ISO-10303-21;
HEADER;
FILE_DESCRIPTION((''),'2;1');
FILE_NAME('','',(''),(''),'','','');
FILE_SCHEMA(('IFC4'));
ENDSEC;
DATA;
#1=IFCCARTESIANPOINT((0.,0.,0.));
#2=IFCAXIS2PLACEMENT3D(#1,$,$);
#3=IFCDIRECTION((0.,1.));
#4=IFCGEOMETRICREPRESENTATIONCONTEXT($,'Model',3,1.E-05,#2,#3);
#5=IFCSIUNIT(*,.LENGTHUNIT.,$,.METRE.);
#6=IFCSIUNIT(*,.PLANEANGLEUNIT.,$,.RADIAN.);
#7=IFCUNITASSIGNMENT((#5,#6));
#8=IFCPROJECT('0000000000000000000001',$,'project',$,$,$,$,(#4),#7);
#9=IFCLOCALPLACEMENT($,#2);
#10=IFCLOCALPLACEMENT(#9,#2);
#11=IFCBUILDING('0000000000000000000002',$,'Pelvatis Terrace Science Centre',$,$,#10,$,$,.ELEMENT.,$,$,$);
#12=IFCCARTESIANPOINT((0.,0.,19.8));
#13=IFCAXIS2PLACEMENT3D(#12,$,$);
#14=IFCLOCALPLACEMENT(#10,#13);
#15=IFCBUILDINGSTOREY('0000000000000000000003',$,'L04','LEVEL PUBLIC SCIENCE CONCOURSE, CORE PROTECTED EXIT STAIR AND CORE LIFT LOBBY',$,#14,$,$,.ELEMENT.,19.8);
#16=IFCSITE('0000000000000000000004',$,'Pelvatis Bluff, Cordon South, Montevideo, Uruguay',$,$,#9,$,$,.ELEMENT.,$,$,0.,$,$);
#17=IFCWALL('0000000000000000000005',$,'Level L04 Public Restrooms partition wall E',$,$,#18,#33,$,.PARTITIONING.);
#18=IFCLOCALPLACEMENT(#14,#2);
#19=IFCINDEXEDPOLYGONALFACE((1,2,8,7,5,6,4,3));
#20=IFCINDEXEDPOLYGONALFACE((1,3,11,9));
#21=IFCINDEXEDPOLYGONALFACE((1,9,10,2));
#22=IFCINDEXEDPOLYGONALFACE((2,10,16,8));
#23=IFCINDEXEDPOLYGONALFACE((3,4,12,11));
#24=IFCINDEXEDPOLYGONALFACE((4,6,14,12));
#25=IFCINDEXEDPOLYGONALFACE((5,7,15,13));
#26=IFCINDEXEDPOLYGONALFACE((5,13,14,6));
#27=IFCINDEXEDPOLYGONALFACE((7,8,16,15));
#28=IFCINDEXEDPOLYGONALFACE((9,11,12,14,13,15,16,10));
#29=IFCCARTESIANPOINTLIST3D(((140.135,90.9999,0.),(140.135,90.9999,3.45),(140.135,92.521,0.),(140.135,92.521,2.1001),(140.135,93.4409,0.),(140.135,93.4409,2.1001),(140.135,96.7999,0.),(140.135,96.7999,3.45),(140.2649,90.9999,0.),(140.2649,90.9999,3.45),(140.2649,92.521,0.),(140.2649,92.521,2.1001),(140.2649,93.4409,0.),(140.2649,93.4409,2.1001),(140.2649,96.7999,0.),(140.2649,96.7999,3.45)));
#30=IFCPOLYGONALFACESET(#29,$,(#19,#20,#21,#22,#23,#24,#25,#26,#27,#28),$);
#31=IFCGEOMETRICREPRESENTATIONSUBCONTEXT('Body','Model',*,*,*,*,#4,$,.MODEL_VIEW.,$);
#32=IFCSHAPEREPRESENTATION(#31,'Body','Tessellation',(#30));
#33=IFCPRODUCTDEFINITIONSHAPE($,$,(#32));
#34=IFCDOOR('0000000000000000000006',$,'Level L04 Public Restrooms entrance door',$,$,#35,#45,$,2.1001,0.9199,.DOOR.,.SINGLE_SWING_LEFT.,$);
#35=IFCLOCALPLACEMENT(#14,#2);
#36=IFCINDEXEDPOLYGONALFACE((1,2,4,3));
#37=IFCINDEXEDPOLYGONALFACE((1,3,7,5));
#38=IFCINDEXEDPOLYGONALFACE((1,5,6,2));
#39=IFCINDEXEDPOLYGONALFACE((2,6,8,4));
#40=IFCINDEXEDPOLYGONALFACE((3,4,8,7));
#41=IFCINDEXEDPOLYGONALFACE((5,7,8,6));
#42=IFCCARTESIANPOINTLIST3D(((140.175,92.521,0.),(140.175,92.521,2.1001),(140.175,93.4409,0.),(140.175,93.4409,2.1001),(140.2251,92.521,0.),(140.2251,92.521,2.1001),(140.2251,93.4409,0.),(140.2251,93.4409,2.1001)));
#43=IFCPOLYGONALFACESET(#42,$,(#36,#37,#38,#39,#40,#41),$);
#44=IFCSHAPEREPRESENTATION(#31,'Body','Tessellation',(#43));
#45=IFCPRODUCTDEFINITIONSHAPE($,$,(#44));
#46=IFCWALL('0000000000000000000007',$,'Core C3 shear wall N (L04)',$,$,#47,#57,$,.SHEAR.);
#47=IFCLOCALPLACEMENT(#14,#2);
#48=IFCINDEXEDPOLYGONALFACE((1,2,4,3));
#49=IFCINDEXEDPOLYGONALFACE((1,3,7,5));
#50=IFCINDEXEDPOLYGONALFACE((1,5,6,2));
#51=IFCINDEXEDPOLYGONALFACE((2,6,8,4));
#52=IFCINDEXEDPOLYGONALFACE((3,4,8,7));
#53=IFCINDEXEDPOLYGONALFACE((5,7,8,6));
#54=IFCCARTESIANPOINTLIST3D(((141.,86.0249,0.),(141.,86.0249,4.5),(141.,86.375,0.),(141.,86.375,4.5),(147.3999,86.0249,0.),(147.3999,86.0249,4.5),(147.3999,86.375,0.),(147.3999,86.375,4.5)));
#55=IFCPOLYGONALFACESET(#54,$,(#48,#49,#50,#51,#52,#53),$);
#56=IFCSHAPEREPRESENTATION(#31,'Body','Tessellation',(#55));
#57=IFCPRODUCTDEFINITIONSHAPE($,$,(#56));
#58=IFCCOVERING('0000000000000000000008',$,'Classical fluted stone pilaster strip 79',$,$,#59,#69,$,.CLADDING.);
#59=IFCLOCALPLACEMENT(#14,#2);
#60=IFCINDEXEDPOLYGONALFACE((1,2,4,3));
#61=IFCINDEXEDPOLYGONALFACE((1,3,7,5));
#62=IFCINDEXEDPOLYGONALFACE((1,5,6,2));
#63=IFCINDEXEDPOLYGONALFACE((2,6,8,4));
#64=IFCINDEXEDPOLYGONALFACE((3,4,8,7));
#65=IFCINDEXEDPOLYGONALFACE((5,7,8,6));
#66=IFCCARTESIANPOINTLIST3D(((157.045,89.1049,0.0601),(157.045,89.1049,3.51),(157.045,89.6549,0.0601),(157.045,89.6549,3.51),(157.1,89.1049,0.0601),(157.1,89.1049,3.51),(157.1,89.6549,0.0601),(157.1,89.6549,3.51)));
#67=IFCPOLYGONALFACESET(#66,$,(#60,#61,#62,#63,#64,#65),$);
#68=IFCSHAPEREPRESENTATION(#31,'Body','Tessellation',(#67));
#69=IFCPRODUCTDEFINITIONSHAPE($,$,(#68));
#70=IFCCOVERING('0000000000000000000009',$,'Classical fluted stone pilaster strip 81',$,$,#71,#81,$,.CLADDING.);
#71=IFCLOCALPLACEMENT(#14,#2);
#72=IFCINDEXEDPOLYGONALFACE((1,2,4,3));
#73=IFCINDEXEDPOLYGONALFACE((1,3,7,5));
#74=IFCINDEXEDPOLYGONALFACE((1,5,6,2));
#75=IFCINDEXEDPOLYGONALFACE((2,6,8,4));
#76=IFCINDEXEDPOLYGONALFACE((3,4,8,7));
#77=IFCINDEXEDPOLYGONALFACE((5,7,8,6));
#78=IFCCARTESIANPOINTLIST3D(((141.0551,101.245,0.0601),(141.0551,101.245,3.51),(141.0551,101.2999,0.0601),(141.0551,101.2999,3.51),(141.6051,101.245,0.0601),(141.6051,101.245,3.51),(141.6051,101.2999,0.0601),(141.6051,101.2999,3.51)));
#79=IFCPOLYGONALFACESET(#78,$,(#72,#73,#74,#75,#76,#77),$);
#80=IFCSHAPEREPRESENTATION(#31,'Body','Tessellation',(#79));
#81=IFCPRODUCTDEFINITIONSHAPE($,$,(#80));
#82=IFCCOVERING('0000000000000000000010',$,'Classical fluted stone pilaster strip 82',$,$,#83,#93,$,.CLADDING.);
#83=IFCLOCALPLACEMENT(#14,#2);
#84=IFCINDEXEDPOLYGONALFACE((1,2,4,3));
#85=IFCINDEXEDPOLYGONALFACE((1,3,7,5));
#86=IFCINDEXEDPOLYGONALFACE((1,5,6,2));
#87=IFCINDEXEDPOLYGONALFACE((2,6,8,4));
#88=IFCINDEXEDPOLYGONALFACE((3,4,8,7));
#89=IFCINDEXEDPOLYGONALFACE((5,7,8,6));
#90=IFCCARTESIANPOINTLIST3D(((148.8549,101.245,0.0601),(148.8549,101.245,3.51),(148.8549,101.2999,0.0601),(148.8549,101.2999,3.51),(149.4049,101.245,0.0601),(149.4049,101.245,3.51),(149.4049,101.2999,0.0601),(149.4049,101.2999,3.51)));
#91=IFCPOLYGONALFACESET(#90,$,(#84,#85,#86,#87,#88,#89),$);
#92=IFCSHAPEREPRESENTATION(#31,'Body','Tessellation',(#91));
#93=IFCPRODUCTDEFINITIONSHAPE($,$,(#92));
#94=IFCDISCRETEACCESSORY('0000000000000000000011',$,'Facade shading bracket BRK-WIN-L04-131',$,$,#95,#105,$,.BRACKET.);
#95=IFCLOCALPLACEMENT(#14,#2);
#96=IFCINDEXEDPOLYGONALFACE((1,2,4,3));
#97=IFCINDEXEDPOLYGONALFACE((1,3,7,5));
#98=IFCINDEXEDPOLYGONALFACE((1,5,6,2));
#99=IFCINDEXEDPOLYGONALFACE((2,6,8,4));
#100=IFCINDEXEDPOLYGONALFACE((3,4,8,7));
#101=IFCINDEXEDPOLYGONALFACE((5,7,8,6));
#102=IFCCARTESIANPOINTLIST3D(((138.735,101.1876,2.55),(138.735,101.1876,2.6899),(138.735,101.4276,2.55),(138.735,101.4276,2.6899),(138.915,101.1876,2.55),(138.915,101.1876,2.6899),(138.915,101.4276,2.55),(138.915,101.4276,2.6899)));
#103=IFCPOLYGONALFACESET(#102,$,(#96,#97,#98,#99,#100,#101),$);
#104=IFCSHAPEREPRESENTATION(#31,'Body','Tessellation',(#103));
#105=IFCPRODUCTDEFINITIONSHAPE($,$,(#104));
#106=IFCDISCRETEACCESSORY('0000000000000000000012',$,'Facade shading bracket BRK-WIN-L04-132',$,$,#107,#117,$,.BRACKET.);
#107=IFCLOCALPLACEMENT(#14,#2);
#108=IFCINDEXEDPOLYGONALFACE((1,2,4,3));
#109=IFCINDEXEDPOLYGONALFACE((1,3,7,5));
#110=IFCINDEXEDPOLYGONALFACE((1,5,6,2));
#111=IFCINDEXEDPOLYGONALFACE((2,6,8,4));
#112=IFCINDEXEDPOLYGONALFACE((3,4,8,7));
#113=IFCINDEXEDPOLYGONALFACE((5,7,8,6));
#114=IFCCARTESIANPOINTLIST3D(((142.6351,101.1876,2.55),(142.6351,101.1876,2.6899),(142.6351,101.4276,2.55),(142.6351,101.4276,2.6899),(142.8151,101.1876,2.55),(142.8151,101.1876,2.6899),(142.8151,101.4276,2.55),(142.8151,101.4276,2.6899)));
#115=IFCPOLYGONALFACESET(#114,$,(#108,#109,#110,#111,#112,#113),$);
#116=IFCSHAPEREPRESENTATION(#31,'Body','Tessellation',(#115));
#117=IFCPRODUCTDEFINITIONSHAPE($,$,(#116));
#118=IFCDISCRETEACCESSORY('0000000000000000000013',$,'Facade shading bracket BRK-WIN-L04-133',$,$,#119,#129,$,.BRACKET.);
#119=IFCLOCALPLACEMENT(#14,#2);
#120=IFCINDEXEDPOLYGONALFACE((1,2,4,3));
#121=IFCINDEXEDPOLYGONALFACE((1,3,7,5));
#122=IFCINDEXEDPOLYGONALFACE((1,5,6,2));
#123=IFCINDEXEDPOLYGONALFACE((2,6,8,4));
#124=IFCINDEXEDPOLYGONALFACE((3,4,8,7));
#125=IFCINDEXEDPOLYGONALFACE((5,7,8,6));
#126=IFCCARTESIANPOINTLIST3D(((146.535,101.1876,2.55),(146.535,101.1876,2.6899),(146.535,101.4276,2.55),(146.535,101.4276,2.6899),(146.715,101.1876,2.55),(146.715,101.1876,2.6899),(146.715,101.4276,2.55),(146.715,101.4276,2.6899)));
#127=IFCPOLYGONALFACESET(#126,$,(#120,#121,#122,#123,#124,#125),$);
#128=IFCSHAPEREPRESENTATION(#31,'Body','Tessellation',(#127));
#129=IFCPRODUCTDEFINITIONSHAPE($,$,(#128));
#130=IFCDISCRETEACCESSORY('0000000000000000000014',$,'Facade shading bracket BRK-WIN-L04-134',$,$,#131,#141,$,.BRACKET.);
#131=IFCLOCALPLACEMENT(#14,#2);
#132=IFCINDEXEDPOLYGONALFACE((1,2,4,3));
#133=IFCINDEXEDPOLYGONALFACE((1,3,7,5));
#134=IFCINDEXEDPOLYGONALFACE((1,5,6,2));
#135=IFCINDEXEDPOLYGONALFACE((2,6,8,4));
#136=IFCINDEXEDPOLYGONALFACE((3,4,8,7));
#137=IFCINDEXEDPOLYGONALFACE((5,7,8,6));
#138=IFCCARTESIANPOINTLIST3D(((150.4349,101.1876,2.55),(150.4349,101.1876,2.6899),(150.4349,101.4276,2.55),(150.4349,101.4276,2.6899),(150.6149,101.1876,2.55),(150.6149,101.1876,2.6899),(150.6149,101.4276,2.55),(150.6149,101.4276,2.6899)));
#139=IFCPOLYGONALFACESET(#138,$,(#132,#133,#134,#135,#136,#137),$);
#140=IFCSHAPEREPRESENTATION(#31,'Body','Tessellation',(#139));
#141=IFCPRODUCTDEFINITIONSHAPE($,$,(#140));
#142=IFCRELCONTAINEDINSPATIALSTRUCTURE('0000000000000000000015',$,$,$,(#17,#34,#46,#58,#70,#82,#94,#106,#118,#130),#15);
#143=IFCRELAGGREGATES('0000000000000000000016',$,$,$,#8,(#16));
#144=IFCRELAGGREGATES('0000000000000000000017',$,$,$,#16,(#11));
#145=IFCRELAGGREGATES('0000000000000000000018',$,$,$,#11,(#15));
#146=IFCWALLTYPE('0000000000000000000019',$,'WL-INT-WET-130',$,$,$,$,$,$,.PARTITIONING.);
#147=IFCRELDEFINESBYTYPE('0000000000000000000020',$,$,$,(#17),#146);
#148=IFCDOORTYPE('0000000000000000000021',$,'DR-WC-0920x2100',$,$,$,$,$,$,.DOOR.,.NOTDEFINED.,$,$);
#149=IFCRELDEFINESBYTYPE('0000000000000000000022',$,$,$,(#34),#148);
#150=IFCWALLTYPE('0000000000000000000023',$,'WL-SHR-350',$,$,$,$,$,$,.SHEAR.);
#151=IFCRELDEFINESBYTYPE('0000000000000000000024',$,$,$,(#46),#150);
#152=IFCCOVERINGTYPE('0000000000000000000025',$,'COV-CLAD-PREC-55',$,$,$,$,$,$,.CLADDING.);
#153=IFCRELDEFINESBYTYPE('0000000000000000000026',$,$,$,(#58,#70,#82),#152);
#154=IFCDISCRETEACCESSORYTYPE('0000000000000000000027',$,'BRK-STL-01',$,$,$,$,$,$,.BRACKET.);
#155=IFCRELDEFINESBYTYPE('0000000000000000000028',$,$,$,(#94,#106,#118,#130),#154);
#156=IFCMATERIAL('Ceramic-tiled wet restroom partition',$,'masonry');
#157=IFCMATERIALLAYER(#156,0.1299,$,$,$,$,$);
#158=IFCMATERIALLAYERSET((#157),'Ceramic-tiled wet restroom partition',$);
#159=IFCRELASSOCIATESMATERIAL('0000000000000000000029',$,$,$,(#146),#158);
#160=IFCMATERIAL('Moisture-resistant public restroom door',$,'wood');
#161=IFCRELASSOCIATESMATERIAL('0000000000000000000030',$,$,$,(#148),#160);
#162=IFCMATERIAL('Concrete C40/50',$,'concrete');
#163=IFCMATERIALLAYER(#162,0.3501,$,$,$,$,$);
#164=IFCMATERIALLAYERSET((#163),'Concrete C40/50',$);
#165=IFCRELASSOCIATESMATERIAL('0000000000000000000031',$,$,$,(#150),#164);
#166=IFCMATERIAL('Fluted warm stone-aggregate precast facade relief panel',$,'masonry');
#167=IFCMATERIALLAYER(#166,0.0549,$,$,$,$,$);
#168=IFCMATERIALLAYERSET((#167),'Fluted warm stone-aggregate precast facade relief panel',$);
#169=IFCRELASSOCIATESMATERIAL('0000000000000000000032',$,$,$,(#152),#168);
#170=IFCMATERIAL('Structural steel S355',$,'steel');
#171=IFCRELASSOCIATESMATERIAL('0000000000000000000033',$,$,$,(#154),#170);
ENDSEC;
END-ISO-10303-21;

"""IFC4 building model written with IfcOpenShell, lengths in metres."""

from ifc_helpers import new_model, si_unit, direction, frame, frame_2d, origin, origin_2d, place, context, subcontext, project, spatial, rectangle, extrude, material, layer, layer_set, type_object, element, fill, save


model = new_model("IFC4")

# Units and contexts
model_context = context("Model", 3, precision=1e-05, world=origin(), true_north=direction((0.0, 1.0)))
body_context = subcontext(model_context, "Body", "Model", "MODEL_VIEW")
ifc_project = project(units=[si_unit("LENGTHUNIT", "METRE"), si_unit("PLANEANGLEUNIT", "RADIAN")], contexts=[model_context])

# Site, building, storey
site_placement = place(None, origin())
site = spatial("IfcSite", under=ifc_project, at=site_placement, Name="Pelvatis Bluff, Cordon South, Montevideo, Uruguay", CompositionType="ELEMENT", RefElevation=0.0)
building_placement = place(site_placement, origin())
building = spatial("IfcBuilding", under=site, at=building_placement, Name="Pelvatis Terrace Science Centre", CompositionType="ELEMENT")
storey_placement = place(building_placement, frame((0.0, 0.0, 19.8)))
storey = spatial("IfcBuildingStorey", under=building, at=storey_placement, Name="L04", Description="LEVEL PUBLIC SCIENCE CONCOURSE, CORE PROTECTED EXIT STAIR AND CORE LIFT LOBBY", CompositionType="ELEMENT", Elevation=19.8)

# Wall, opening, door
ifc_material_1 = material(Name="Ceramic-tiled wet restroom partition", Category="masonry")
ifc_layer_1 = layer(ifc_material_1, 0.1299)
ifc_layer_set_1 = layer_set([ifc_layer_1], Name="Ceramic-tiled wet restroom partition")
wall_type_1 = type_object("IfcWallType", Name="WL-INT-WET-130", PredefinedType="PARTITIONING", material=ifc_layer_set_1)
wall_1_placement = place(storey_placement, frame((140.2, 91.0, 0.0), z_axis=(0.0, 0.0, 1.0), x_axis=(0.0, 1.0, 0.0)))
wall_1 = element("IfcWall", 1, at=wall_1_placement, inside=storey, type_object=wall_type_1, Name="Level L04 Public Restrooms partition wall E", PredefinedType="PARTITIONING", context=body_context, shape_type="SweptSolid", body=[
    extrude(rectangle(XDim=5.8, YDim=0.1299, at=frame_2d((2.8999, 0.0))), origin(), (0.0, 0.0, 1.0), 3.45),
])
opening_1_placement = place(wall_1_placement, frame((1.521, 0.0, 0.0)))
opening_1 = element("IfcOpeningElement", 2, at=opening_1_placement, cuts=wall_1, PredefinedType="OPENING", context=body_context, shape_type="SweptSolid", body=[
    extrude(rectangle(XDim=0.9199, YDim=2.1001, at=frame_2d((0.46, 1.05))), frame((0.0, 0.075, 0.0), z_axis=(0.0, -1.0, 0.0), x_axis=(1.0, 0.0, 0.0)), (0.0, 0.0, 1.0), 0.1499),
])
ifc_material_2 = material(Name="Moisture-resistant public restroom door", Category="wood")
door_type_1 = type_object("IfcDoorType", Name="DR-WC-0920x2100", OperationType="NOTDEFINED", PredefinedType="DOOR", material=ifc_material_2)
door_1_placement = place(opening_1_placement, origin())
door_1 = element("IfcDoor", 3, at=door_1_placement, inside=storey, type_object=door_type_1, Name="Level L04 Public Restrooms entrance door", OperationType="SINGLE_SWING_LEFT", OverallHeight=2.1001, OverallWidth=0.9199, PredefinedType="DOOR", context=body_context, shape_type="SweptSolid", body=[
    extrude(rectangle(XDim=0.9199, YDim=2.1001, at=frame_2d((0.46, 1.05))), frame((0.0, 0.0249, 0.0), z_axis=(0.0, -1.0, 0.0), x_axis=(1.0, 0.0, 0.0)), (0.0, 0.0, 1.0), 0.05),
])
fill(opening_1, door_1)

# Wall
ifc_material_3 = material(Name="Concrete C40/50", Category="concrete")
ifc_layer_2 = layer(ifc_material_3, 0.3501)
ifc_layer_set_2 = layer_set([ifc_layer_2], Name="Concrete C40/50")
wall_type_2 = type_object("IfcWallType", Name="WL-SHR-350", PredefinedType="SHEAR", material=ifc_layer_set_2)
wall_2_placement = place(storey_placement, frame((141.0, 86.2, 0.0), z_axis=(0.0, 0.0, 1.0), x_axis=(1.0, 0.0, 0.0)))
element("IfcWall", 4, at=wall_2_placement, inside=storey, type_object=wall_type_2, Name="Core C3 shear wall N (L04)", PredefinedType="SHEAR", context=body_context, shape_type="SweptSolid", body=[
    extrude(rectangle(XDim=6.3999, YDim=0.3501, at=frame_2d((3.2, 0.0))), origin(), (0.0, 0.0, 1.0), 4.5),
])

# Coverings
ifc_material_4 = material(Name="Fluted warm stone-aggregate precast facade relief panel", Category="masonry")
ifc_layer_3 = layer(ifc_material_4, 0.0549)
ifc_layer_set_3 = layer_set([ifc_layer_3], Name="Fluted warm stone-aggregate precast facade relief panel")
covering_type = type_object("IfcCoveringType", Name="COV-CLAD-PREC-55", PredefinedType="CLADDING", material=ifc_layer_set_3)
covering_placement = place(storey_placement, frame((157.0725, 89.3799, 0.0601), z_axis=(0.0, 0.0, 1.0), x_axis=(1.0, 0.0, 0.0)))
element("IfcCovering", 5, at=covering_placement, inside=storey, type_object=covering_type, Name="Classical fluted stone pilaster strip 79", PredefinedType="CLADDING", context=body_context, shape_type="SweptSolid", body=[
    extrude(rectangle(XDim=0.0549, YDim=0.55, at=origin_2d()), origin(), (0.0, 0.0, 1.0), 3.45),
])
for number, where, z_axis, x_axis, name in (
    (6, (141.3301, 101.2725, 0.0601), (0.0, 0.0, 1.0), (1.0, 0.0, 0.0), "Classical fluted stone pilaster strip 81"),
    (7, (149.1299, 101.2725, 0.0601), (0.0, 0.0, 1.0), (1.0, 0.0, 0.0), "Classical fluted stone pilaster strip 82"),
):
    element("IfcCovering", number, at=place(storey_placement, frame(where, z_axis=z_axis, x_axis=x_axis)), inside=storey, type_object=covering_type, Name=name, PredefinedType="CLADDING", context=body_context, shape_type="SweptSolid", body=[
        extrude(rectangle(XDim=0.55, YDim=0.0549, at=origin_2d()), origin(), (0.0, 0.0, 1.0), 3.45),
    ])

# Discrete accessories
ifc_material_5 = material(Name="Structural steel S355", Category="steel")
discrete_accessory_type = type_object("IfcDiscreteAccessoryType", Name="BRK-STL-01", PredefinedType="BRACKET", material=ifc_material_5)
for number, where, name in (
    (8, (138.825, 101.3076, 2.55), "Facade shading bracket BRK-WIN-L04-131"),
    (9, (142.7251, 101.3076, 2.55), "Facade shading bracket BRK-WIN-L04-132"),
    (10, (146.625, 101.3076, 2.55), "Facade shading bracket BRK-WIN-L04-133"),
    (11, (150.5249, 101.3076, 2.55), "Facade shading bracket BRK-WIN-L04-134"),
):
    element("IfcDiscreteAccessory", number, at=place(storey_placement, frame(where)), inside=storey, type_object=discrete_accessory_type, Name=name, PredefinedType="BRACKET", context=body_context, shape_type="SweptSolid", body=[
        extrude(rectangle(XDim=0.18, YDim=0.24, at=origin_2d()), origin(), (0.0, 0.0, 1.0), 0.1399),
    ])

save(model, "model.ifc")
